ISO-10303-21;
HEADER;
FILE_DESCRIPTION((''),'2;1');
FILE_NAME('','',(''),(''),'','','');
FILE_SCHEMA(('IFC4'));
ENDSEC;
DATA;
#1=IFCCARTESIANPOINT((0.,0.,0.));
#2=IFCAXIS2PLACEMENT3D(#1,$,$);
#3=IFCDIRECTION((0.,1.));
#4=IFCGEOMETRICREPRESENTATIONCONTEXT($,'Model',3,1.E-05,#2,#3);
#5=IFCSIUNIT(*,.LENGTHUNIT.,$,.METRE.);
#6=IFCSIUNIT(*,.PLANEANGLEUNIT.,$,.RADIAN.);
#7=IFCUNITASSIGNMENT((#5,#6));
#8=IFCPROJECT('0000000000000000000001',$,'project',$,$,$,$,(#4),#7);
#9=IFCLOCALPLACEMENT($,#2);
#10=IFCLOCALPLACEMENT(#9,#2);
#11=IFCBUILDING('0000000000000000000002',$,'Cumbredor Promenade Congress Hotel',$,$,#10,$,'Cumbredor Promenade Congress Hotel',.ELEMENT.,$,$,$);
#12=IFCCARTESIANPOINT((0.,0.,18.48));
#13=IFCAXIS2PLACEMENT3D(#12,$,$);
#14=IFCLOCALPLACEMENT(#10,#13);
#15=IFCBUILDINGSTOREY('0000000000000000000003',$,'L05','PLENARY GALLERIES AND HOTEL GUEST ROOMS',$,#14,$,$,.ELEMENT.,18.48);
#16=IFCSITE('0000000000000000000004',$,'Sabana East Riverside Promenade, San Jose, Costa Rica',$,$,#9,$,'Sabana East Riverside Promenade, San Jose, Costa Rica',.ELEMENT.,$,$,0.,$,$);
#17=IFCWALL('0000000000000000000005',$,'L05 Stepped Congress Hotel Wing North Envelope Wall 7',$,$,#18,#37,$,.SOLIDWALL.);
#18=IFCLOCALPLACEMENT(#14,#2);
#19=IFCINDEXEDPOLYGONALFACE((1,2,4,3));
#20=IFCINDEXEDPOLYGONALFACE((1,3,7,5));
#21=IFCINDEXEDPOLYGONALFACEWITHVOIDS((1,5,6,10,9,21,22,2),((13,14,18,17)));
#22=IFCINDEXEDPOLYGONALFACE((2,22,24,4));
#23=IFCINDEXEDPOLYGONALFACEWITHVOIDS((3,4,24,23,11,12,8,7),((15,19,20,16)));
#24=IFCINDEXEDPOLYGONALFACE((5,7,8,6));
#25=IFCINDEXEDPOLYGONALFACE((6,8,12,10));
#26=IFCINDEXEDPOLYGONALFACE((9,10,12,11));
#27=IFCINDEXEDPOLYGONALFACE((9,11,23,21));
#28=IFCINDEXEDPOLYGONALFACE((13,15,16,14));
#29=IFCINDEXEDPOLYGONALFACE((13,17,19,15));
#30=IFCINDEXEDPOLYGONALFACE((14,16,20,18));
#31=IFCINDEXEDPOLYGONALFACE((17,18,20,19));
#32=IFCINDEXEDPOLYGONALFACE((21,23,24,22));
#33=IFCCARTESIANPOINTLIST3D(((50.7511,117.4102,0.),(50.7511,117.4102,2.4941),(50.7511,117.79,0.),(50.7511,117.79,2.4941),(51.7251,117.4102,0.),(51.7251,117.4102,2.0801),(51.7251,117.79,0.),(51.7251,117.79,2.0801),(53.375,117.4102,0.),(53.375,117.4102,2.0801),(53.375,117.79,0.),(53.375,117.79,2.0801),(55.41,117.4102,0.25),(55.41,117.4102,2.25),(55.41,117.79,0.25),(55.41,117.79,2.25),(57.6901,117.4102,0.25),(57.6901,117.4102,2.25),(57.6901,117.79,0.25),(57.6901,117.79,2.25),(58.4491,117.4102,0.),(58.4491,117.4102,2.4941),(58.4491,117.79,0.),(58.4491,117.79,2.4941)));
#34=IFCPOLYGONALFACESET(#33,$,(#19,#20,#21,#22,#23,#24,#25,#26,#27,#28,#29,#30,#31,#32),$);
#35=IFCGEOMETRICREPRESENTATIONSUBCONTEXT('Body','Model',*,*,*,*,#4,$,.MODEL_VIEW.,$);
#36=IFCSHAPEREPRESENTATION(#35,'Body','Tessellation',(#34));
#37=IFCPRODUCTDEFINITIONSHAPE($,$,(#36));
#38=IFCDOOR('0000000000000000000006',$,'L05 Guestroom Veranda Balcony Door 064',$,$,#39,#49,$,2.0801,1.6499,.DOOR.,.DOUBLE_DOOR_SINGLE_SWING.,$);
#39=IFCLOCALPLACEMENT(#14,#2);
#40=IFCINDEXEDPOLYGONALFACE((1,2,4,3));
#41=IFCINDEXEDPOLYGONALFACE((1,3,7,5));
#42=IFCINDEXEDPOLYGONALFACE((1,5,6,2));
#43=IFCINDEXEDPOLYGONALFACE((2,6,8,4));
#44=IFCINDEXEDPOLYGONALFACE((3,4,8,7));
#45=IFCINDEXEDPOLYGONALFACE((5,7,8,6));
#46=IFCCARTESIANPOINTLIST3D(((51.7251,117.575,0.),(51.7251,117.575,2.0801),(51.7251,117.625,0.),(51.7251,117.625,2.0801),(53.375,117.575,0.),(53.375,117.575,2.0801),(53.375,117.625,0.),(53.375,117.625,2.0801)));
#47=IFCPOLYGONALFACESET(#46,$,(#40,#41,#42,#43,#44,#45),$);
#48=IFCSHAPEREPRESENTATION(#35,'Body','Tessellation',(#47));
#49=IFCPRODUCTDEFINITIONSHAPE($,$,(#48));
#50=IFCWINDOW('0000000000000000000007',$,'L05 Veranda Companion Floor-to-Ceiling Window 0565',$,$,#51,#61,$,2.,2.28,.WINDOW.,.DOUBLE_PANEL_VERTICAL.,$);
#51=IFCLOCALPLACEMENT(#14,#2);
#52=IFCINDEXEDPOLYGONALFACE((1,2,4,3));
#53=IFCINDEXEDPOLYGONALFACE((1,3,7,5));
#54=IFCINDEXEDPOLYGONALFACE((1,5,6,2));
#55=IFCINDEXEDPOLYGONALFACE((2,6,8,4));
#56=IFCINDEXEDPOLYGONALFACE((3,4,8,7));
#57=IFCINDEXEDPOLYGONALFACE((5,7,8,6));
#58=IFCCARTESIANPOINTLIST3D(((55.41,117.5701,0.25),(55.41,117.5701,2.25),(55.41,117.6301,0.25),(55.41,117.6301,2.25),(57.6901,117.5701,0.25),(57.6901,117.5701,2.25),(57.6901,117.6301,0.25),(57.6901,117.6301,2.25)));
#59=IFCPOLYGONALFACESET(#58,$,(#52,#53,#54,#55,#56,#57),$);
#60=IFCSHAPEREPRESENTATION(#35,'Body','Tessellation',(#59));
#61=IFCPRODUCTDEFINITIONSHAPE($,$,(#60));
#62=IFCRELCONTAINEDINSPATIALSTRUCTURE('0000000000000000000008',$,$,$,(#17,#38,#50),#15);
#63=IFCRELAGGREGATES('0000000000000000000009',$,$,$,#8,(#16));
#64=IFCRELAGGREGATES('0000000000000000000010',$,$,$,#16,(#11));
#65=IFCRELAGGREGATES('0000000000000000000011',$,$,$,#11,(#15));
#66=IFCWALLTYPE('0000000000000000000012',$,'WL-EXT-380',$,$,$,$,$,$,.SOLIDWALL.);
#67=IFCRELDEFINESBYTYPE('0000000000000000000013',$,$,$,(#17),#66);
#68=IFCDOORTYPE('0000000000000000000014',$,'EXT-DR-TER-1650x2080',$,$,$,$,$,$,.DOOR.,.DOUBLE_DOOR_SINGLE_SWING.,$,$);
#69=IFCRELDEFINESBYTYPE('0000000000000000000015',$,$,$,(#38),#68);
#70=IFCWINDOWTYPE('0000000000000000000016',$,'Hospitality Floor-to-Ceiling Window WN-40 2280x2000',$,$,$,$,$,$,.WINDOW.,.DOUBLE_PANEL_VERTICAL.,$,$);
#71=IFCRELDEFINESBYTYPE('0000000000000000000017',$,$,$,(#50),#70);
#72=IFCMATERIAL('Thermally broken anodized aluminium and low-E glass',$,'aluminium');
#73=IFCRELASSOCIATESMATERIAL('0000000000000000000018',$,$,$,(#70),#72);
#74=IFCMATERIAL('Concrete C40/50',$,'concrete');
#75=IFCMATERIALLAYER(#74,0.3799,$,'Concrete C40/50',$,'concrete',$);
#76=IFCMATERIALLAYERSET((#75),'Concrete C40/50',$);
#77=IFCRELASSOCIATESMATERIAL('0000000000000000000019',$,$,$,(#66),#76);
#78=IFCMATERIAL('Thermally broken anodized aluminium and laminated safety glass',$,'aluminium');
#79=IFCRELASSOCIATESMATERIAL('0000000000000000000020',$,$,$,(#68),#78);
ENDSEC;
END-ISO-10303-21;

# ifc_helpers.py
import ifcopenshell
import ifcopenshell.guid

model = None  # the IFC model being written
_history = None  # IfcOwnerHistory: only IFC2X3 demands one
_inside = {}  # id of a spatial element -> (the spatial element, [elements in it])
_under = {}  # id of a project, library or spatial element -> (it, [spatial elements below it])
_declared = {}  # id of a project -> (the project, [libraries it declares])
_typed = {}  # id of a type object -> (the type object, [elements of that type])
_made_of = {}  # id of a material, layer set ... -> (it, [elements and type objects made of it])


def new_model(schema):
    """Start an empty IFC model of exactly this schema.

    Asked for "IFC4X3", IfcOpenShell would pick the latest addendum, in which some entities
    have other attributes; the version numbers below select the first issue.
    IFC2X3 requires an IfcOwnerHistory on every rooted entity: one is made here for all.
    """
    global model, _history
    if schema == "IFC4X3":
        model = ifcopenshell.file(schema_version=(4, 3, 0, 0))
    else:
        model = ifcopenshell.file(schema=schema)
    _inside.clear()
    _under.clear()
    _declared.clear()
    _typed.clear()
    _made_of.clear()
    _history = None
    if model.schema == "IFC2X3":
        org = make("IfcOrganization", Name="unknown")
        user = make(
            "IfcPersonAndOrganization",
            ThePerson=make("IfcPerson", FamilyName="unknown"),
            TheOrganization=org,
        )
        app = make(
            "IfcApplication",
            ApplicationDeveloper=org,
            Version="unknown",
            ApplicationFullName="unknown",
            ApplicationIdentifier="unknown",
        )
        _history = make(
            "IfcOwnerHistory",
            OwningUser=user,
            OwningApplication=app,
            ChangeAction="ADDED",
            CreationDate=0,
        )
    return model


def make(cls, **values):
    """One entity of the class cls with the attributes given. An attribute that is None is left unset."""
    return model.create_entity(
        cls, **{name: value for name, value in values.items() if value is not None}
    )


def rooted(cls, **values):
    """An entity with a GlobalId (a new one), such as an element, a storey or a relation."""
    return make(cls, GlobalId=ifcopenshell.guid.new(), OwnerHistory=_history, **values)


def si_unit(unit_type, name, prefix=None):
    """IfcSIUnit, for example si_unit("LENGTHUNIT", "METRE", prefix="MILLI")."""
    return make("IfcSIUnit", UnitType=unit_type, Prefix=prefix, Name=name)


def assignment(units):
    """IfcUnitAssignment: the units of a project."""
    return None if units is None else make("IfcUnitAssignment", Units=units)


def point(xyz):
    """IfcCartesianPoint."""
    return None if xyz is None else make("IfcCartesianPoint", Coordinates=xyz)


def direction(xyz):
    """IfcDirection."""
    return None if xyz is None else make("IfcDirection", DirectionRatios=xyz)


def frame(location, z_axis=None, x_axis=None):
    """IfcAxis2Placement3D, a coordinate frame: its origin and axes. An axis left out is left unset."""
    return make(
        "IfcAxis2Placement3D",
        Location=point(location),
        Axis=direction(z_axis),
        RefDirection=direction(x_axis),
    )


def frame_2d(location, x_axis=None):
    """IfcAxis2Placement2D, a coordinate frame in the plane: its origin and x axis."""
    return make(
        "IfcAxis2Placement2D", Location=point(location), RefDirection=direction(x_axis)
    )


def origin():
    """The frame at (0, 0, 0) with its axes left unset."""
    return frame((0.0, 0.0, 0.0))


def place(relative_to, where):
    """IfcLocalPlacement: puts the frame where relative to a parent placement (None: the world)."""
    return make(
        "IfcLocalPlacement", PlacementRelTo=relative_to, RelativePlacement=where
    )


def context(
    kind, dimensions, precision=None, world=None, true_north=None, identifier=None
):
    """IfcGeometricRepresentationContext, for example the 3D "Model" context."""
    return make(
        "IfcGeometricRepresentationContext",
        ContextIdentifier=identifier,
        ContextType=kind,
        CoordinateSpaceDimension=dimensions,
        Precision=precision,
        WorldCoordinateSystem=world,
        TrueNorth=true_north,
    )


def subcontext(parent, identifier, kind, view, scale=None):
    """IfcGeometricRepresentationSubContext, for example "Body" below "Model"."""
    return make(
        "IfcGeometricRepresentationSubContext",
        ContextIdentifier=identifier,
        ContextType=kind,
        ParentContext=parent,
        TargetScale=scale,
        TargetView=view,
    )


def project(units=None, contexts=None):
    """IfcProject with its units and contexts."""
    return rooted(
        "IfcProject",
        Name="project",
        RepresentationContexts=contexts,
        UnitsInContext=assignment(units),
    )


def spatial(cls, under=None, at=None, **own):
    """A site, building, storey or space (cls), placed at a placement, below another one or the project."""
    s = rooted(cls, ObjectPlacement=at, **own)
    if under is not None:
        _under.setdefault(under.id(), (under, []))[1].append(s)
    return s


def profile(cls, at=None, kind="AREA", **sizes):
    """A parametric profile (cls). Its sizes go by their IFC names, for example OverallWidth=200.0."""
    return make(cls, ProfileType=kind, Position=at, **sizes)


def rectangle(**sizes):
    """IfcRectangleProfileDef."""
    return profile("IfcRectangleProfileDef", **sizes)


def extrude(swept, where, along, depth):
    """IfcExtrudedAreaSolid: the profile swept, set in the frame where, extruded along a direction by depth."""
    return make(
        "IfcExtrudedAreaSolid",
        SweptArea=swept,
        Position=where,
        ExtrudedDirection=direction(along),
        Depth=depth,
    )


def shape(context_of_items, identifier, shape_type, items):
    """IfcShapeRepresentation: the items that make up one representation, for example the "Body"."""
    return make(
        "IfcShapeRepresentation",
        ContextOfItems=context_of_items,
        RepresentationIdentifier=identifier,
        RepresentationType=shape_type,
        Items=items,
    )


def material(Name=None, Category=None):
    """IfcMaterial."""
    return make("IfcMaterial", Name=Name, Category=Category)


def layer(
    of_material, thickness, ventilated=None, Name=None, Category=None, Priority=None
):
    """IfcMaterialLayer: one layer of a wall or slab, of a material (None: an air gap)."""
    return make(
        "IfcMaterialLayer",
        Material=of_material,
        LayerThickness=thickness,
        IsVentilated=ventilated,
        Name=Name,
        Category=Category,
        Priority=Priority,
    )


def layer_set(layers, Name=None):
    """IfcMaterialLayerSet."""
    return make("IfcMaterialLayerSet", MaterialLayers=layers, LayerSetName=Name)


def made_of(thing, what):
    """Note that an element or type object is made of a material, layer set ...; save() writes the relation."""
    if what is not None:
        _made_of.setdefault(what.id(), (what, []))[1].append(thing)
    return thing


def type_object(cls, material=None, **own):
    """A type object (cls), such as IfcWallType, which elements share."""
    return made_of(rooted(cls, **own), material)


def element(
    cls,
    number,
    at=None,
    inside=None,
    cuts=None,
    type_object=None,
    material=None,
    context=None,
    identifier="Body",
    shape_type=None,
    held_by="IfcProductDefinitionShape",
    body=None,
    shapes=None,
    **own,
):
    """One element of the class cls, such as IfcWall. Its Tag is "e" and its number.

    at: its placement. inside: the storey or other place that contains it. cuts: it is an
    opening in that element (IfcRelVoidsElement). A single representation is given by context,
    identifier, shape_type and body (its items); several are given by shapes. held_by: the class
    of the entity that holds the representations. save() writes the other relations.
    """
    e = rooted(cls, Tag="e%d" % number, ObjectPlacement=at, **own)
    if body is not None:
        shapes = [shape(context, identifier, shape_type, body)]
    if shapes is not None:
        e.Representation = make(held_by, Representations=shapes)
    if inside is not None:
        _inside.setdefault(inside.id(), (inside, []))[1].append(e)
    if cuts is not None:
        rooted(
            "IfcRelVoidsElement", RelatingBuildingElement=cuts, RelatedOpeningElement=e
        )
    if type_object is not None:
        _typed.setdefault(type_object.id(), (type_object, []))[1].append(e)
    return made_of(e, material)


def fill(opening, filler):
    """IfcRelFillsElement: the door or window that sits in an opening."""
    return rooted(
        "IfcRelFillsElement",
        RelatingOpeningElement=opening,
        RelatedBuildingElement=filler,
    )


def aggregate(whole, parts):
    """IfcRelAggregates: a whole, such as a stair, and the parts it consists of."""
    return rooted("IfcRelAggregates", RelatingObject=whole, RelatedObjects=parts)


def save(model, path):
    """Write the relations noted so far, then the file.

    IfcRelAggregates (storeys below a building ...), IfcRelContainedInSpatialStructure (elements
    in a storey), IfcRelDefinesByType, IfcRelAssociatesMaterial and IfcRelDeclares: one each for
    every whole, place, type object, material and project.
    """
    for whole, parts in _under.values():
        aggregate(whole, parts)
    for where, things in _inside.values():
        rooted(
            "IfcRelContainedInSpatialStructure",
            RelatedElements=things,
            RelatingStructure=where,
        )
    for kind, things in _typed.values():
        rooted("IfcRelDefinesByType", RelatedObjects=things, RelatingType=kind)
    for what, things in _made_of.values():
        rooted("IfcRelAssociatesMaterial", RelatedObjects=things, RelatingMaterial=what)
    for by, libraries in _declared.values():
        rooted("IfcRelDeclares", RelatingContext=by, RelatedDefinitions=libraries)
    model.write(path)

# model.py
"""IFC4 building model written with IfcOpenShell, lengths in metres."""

from ifc_helpers import new_model, si_unit, direction, frame, frame_2d, origin, place, context, subcontext, project, spatial, rectangle, extrude, material, layer, layer_set, type_object, element, fill, save


model = new_model("IFC4")

# Units and contexts
model_context = context("Model", 3, precision=1e-05, world=origin(), true_north=direction((0.0, 1.0)))
body_context = subcontext(model_context, "Body", "Model", "MODEL_VIEW")
ifc_project = project(units=[si_unit("LENGTHUNIT", "METRE"), si_unit("PLANEANGLEUNIT", "RADIAN")], contexts=[model_context])

# Site, building, storey
site_placement = place(None, origin())
site = spatial("IfcSite", under=ifc_project, at=site_placement, Name="Sabana East Riverside Promenade, San Jose, Costa Rica", LongName="Sabana East Riverside Promenade, San Jose, Costa Rica", CompositionType="ELEMENT", RefElevation=0.0)
building_placement = place(site_placement, origin())
building = spatial("IfcBuilding", under=site, at=building_placement, Name="Cumbredor Promenade Congress Hotel", LongName="Cumbredor Promenade Congress Hotel", CompositionType="ELEMENT")
storey_placement = place(building_placement, frame((0.0, 0.0, 18.48)))
storey = spatial("IfcBuildingStorey", under=building, at=storey_placement, Name="L05", Description="PLENARY GALLERIES AND HOTEL GUEST ROOMS", CompositionType="ELEMENT", Elevation=18.48)

# Shared definitions
ifc_material_1 = material(Name="Concrete C40/50", Category="concrete")

# Shared definitions
ifc_material_2 = material(Name="Thermally broken anodized aluminium and low-E glass", Category="aluminium")

# Shared definitions
window_type_1 = type_object("IfcWindowType", Name="Hospitality Floor-to-Ceiling Window WN-40 2280x2000", PartitioningType="DOUBLE_PANEL_VERTICAL", PredefinedType="WINDOW", material=ifc_material_2)

# Wall, openings, door, window
ifc_layer_1 = layer(ifc_material_1, 0.3799, Name="Concrete C40/50", Category="concrete")
ifc_layer_set_1 = layer_set([ifc_layer_1], Name="Concrete C40/50")
wall_type_1 = type_object("IfcWallType", Name="WL-EXT-380", PredefinedType="SOLIDWALL", material=ifc_layer_set_1)
wall_1_placement = place(storey_placement, frame((50.751, 117.6001, 0.0), z_axis=(0.0, 0.0, 1.0), x_axis=(1.0, 0.0, 0.0)))
wall_1 = element("IfcWall", 1, at=wall_1_placement, inside=storey, type_object=wall_type_1, Name="L05 Stepped Congress Hotel Wing North Envelope Wall 7", PredefinedType="SOLIDWALL", context=body_context, shape_type="SweptSolid", body=[
    extrude(rectangle(XDim=7.698, YDim=0.3799, at=frame_2d((3.8491, 0.0))), origin(), (0.0, 0.0, 1.0), 2.4941),
])
opening_1_placement = place(wall_1_placement, frame((0.9741, 0.0, 0.0)))
opening_1 = element("IfcOpeningElement", 2, at=opening_1_placement, cuts=wall_1, PredefinedType="OPENING", context=body_context, shape_type="SweptSolid", body=[
    extrude(rectangle(XDim=1.6499, YDim=2.0801, at=frame_2d((0.825, 1.04))), frame((0.0, 0.2, 0.0), z_axis=(0.0, -1.0, 0.0), x_axis=(1.0, 0.0, 0.0)), (0.0, 0.0, 1.0), 0.3999),
])
opening_2_placement = place(wall_1_placement, frame((4.6589, 0.0, 0.25)))
opening_2 = element("IfcOpeningElement", 3, at=opening_2_placement, cuts=wall_1, PredefinedType="OPENING", context=body_context, shape_type="SweptSolid", body=[
    extrude(rectangle(XDim=2.28, YDim=2.0, at=frame_2d((1.1401, 1.0))), frame((0.0, 0.2, 0.0), z_axis=(0.0, -1.0, 0.0), x_axis=(1.0, 0.0, 0.0)), (0.0, 0.0, 1.0), 0.3999),
])
ifc_material_3 = material(Name="Thermally broken anodized aluminium and laminated safety glass", Category="aluminium")
door_type_1 = type_object("IfcDoorType", Name="EXT-DR-TER-1650x2080", OperationType="DOUBLE_DOOR_SINGLE_SWING", PredefinedType="DOOR", material=ifc_material_3)
door_1_placement = place(opening_1_placement, origin())
door_1 = element("IfcDoor", 4, at=door_1_placement, inside=storey, type_object=door_type_1, Name="L05 Guestroom Veranda Balcony Door 064", OperationType="DOUBLE_DOOR_SINGLE_SWING", OverallHeight=2.0801, OverallWidth=1.6499, PredefinedType="DOOR", context=body_context, shape_type="SweptSolid", body=[
    extrude(rectangle(XDim=1.6499, YDim=2.0801, at=frame_2d((0.825, 1.04))), frame((0.0, 0.0249, 0.0), z_axis=(0.0, -1.0, 0.0), x_axis=(1.0, 0.0, 0.0)), (0.0, 0.0, 1.0), 0.05),
])
fill(opening_1, door_1)
window_1_placement = place(opening_2_placement, origin())
window_1 = element("IfcWindow", 5, at=window_1_placement, inside=storey, type_object=window_type_1, Name="L05 Veranda Companion Floor-to-Ceiling Window 0565", OverallHeight=2.0, OverallWidth=2.28, PartitioningType="DOUBLE_PANEL_VERTICAL", PredefinedType="WINDOW", context=body_context, shape_type="SweptSolid", body=[
    extrude(rectangle(XDim=2.28, YDim=2.0, at=frame_2d((1.1401, 1.0))), frame((0.0, 0.03, 0.0), z_axis=(0.0, -1.0, 0.0), x_axis=(1.0, 0.0, 0.0)), (0.0, 0.0, 1.0), 0.0601),
])
fill(opening_2, window_1)

save(model, "model.ifc")
